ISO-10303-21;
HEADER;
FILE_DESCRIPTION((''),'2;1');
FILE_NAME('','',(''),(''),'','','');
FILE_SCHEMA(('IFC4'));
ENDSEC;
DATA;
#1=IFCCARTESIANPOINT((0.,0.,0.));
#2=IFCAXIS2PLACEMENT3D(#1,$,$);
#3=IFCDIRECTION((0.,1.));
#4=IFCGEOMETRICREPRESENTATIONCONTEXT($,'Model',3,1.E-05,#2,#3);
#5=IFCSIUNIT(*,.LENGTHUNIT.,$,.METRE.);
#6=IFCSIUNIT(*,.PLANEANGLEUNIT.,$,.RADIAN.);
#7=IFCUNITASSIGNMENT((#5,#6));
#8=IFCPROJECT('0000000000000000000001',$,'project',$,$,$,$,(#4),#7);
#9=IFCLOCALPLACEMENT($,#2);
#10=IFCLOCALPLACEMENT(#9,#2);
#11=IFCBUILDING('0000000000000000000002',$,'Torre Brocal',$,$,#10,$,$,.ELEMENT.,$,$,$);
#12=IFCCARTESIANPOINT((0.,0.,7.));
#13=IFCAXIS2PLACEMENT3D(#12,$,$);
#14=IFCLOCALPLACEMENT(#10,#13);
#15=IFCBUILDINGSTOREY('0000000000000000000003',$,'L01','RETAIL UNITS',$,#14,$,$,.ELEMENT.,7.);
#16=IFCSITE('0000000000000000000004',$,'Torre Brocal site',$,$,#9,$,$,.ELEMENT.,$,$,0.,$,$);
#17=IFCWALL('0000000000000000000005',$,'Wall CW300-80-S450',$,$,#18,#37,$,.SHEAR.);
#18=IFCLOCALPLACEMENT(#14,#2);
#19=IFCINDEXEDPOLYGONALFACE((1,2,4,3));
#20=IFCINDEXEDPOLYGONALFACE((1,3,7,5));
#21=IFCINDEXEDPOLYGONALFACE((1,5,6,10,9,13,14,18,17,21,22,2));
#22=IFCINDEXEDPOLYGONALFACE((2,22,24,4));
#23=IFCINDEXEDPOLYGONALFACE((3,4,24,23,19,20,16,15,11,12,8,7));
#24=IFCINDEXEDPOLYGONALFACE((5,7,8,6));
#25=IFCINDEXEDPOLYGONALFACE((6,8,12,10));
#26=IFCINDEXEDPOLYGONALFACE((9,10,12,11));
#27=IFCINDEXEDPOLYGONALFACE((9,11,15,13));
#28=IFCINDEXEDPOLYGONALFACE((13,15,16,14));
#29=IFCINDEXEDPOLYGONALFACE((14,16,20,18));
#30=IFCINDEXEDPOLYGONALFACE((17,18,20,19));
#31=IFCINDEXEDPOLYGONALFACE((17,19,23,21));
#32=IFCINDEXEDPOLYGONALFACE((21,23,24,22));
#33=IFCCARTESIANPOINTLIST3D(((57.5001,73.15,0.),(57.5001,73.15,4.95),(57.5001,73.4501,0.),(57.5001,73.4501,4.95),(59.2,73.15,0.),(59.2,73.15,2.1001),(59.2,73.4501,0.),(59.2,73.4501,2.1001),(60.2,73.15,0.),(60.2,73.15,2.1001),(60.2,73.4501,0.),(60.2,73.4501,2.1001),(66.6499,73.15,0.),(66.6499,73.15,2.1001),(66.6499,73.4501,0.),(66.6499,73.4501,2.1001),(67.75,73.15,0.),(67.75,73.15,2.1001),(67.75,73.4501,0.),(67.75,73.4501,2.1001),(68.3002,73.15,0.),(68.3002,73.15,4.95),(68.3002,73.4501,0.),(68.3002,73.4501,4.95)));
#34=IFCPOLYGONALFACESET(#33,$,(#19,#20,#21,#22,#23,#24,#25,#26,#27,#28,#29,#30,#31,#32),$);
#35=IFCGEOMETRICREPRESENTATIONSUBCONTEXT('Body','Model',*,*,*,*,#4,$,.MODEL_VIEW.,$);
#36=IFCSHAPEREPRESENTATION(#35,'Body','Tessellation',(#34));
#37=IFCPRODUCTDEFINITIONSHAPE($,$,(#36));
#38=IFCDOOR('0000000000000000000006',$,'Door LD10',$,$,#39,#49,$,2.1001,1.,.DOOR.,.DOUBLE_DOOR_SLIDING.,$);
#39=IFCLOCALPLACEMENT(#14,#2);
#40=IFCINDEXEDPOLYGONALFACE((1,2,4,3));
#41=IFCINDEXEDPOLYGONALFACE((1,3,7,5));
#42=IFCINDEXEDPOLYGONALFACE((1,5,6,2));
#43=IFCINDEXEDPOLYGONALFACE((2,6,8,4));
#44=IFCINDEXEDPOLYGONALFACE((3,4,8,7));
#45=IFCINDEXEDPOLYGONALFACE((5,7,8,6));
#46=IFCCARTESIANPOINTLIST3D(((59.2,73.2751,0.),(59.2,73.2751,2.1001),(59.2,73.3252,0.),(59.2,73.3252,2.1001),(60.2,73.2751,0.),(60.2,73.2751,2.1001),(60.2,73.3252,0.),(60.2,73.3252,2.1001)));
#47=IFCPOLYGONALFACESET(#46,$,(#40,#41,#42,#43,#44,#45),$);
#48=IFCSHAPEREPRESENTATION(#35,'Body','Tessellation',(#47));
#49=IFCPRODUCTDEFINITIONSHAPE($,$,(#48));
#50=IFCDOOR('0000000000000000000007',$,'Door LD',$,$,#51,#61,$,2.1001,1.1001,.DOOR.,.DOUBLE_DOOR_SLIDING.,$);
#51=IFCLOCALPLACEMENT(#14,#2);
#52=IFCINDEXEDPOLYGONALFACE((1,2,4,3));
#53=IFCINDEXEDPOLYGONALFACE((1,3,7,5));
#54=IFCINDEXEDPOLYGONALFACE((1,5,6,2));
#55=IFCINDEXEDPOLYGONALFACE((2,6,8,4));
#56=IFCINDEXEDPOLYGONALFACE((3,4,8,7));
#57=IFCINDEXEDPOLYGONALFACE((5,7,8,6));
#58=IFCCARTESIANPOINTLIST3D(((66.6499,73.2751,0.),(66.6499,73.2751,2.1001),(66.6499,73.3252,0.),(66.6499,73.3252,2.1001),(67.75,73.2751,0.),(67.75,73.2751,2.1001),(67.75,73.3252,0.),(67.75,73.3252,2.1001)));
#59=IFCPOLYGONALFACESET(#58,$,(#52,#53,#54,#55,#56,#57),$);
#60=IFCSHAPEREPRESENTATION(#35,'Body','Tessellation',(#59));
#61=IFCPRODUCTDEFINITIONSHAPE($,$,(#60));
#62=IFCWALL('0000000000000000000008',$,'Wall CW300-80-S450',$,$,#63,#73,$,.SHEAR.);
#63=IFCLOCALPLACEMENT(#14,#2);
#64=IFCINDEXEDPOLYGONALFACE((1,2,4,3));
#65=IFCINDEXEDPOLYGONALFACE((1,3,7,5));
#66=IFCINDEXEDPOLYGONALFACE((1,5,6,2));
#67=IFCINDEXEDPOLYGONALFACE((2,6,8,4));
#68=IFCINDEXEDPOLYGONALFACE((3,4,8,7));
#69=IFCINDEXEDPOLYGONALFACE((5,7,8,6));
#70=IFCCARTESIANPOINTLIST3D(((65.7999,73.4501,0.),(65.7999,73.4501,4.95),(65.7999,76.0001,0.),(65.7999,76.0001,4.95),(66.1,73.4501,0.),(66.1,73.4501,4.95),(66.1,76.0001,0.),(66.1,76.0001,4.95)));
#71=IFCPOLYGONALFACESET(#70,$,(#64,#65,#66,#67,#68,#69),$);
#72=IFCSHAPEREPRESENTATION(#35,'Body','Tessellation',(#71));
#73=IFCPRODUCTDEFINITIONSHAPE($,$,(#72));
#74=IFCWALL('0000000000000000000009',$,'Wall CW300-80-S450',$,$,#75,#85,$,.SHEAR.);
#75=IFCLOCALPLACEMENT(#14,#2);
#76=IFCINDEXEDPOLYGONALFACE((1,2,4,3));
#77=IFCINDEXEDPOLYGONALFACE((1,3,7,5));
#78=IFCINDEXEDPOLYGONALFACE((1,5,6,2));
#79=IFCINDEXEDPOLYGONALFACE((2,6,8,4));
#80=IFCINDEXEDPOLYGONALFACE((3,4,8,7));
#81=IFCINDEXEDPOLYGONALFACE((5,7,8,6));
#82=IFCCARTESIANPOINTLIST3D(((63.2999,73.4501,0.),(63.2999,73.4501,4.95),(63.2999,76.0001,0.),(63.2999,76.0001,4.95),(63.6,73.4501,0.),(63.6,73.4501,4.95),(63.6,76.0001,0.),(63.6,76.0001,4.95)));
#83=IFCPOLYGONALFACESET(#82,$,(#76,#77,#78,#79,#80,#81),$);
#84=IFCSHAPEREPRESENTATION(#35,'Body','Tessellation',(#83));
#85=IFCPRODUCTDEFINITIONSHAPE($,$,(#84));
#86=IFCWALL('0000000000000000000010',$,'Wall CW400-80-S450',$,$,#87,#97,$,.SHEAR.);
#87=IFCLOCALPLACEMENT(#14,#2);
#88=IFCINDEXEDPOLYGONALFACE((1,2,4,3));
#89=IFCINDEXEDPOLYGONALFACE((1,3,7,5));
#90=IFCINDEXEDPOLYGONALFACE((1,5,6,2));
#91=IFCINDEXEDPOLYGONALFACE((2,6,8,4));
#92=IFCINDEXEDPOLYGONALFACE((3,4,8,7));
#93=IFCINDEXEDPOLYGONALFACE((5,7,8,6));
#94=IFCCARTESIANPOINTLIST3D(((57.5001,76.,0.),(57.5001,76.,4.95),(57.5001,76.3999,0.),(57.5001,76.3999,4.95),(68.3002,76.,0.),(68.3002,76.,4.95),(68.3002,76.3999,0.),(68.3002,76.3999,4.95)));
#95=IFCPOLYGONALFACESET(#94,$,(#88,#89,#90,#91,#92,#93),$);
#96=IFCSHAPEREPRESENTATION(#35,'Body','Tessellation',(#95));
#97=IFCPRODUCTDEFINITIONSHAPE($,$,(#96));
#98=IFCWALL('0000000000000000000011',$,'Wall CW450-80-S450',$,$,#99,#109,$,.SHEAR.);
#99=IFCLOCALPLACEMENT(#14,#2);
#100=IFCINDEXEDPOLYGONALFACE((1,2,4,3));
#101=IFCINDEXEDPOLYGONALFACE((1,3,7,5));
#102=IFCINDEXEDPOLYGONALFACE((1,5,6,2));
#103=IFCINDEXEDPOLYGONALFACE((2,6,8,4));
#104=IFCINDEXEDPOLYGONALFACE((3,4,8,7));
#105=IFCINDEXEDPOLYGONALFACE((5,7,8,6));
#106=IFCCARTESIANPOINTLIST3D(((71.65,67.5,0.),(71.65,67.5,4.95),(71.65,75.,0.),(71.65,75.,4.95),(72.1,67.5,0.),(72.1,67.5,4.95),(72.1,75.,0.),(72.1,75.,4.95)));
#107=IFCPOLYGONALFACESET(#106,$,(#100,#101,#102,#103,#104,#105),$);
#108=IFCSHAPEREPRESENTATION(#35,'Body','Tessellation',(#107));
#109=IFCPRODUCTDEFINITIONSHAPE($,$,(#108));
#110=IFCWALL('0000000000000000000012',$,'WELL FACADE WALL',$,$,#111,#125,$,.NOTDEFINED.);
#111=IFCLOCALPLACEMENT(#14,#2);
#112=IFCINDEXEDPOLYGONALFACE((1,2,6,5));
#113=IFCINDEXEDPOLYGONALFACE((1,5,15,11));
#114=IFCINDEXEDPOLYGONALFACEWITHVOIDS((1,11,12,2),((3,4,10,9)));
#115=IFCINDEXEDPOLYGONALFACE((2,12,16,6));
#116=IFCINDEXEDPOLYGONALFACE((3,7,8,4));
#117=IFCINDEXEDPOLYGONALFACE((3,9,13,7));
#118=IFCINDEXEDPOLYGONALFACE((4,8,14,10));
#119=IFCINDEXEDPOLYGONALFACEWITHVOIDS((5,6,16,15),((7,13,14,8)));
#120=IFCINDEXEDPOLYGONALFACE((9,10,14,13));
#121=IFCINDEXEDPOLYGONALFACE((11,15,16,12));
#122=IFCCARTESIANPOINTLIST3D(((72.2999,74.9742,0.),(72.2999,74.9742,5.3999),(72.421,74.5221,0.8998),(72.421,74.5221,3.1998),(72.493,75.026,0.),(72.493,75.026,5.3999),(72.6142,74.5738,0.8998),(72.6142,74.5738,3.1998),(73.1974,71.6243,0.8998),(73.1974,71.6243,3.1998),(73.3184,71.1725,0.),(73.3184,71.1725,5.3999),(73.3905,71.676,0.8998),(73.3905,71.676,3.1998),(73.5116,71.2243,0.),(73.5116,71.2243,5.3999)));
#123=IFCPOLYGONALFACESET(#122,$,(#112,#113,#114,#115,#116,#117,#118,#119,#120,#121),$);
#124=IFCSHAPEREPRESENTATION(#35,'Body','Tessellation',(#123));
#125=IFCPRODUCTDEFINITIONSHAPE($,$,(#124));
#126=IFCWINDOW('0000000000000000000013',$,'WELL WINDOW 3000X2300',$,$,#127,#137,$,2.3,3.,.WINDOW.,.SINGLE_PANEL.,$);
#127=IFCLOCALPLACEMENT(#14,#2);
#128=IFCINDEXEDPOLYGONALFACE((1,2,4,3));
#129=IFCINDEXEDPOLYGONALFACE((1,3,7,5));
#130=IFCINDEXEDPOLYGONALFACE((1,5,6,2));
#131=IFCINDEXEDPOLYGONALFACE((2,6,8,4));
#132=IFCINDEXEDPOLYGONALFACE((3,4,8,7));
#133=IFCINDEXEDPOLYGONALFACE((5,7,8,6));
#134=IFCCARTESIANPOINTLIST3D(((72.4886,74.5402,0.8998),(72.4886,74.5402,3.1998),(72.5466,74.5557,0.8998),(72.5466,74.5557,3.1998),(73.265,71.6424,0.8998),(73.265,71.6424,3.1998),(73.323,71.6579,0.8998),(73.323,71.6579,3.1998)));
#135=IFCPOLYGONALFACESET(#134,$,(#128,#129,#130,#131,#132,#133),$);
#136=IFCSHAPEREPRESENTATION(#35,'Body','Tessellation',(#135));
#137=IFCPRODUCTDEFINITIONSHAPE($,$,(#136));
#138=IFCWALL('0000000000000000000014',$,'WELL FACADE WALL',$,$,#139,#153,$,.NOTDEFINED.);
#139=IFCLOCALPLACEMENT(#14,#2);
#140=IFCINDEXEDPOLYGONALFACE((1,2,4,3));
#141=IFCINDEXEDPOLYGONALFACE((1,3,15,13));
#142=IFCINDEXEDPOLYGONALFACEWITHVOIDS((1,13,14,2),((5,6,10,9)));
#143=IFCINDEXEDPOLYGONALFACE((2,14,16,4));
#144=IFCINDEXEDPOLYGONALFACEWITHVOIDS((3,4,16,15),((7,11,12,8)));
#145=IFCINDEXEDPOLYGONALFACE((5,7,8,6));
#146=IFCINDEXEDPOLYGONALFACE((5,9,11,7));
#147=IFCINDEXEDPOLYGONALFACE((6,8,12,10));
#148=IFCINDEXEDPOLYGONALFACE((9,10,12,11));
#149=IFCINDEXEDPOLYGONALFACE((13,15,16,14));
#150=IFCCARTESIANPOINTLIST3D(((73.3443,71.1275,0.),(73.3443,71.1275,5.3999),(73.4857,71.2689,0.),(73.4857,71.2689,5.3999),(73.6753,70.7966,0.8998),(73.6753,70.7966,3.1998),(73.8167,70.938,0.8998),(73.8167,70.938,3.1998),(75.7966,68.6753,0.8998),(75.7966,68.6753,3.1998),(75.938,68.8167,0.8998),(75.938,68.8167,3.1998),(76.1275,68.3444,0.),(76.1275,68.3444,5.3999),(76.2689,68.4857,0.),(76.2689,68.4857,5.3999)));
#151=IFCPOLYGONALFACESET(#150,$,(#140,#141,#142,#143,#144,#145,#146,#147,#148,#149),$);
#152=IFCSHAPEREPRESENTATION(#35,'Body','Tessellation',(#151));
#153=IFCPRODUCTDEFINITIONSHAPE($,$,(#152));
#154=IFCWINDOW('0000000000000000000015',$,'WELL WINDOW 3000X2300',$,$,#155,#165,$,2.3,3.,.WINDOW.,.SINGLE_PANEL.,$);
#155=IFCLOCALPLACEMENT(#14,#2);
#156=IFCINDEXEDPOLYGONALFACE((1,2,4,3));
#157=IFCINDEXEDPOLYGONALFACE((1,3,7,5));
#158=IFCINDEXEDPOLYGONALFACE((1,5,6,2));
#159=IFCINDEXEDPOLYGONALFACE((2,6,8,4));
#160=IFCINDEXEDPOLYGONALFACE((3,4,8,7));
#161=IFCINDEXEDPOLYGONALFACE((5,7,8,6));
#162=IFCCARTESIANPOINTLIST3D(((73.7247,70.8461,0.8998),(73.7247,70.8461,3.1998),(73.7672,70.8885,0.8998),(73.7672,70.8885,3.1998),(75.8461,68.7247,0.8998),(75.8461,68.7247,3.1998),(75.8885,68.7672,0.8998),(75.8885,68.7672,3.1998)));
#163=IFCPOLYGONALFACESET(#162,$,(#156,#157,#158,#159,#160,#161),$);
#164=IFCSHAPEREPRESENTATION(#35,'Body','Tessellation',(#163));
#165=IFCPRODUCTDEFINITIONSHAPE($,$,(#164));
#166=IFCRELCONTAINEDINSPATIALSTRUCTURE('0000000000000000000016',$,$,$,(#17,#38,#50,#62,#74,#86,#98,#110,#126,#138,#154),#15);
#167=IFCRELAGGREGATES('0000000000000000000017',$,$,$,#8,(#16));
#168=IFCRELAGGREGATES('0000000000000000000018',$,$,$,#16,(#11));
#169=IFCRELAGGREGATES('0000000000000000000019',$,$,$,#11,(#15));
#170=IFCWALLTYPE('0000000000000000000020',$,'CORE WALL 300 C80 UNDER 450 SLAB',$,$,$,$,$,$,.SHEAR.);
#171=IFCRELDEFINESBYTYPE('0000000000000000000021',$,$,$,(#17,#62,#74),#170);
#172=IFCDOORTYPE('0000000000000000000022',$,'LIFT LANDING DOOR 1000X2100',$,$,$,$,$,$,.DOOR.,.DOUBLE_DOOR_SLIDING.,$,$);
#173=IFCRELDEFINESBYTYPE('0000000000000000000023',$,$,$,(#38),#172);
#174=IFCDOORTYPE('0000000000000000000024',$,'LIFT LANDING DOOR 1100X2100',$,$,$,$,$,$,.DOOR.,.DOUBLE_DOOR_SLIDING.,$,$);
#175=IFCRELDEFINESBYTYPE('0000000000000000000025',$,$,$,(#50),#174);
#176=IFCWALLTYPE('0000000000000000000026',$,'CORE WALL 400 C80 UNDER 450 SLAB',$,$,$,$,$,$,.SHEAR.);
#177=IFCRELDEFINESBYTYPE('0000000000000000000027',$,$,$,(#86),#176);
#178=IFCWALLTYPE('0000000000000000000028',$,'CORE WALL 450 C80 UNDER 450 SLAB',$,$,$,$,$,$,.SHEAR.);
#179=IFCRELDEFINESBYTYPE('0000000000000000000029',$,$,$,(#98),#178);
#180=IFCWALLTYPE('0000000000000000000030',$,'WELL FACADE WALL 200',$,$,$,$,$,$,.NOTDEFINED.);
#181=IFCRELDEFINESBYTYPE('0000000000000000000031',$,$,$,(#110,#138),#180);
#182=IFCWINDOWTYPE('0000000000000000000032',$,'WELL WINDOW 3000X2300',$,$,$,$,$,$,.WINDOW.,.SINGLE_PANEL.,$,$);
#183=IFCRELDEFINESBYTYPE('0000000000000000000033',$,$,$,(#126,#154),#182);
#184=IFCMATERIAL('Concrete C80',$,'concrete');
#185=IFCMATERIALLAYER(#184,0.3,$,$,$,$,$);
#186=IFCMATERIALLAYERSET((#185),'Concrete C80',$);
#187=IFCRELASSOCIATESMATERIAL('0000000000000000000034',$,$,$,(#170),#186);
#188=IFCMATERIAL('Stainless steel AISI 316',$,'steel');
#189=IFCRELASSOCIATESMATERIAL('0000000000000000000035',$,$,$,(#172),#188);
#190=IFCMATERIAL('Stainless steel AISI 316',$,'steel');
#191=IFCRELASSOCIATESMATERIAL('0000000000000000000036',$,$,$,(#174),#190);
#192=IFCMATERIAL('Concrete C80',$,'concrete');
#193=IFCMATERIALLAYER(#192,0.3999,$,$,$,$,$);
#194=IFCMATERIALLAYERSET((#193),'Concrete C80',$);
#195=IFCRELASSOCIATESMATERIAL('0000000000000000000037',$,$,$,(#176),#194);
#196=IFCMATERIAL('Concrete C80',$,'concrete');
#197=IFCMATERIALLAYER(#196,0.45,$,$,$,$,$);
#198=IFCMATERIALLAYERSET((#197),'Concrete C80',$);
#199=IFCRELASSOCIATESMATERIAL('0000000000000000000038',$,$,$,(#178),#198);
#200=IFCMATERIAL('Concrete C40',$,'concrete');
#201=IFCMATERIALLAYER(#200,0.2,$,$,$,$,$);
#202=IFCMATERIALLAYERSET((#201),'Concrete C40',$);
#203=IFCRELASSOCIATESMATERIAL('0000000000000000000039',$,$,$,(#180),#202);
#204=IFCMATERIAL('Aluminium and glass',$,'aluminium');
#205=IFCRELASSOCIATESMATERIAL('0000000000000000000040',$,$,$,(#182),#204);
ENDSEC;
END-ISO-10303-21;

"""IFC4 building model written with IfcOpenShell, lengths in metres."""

from ifc_helpers import new_model, si_unit, direction, frame, frame_2d, origin, place, context, subcontext, project, spatial, rectangle, extrude, material, layer, layer_set, type_object, element, fill, save


model = new_model("IFC4")

# Units and contexts
model_context = context("Model", 3, precision=1e-05, world=origin(), true_north=direction((0.0, 1.0)))
body_context = subcontext(model_context, "Body", "Model", "MODEL_VIEW")
ifc_project = project(units=[si_unit("LENGTHUNIT", "METRE"), si_unit("PLANEANGLEUNIT", "RADIAN")], contexts=[model_context])

# Site, building, storey
site_placement = place(None, origin())
site = spatial("IfcSite", under=ifc_project, at=site_placement, Name="Torre Brocal site", CompositionType="ELEMENT", RefElevation=0.0)
building_placement = place(site_placement, origin())
building = spatial("IfcBuilding", under=site, at=building_placement, Name="Torre Brocal", CompositionType="ELEMENT")
storey_placement = place(building_placement, frame((0.0, 0.0, 7.0)))
storey = spatial("IfcBuildingStorey", under=building, at=storey_placement, Name="L01", Description="RETAIL UNITS", CompositionType="ELEMENT", Elevation=7.0)

# Shared definitions
ifc_material_1 = material(Name="Concrete C80", Category="concrete")
ifc_layer_1 = layer(ifc_material_1, 0.3)
ifc_layer_set_1 = layer_set([ifc_layer_1], Name="Concrete C80")
wall_type_1 = type_object("IfcWallType", Name="CORE WALL 300 C80 UNDER 450 SLAB", PredefinedType="SHEAR", material=ifc_layer_set_1)

# Wall, openings, doors
wall_1_placement = place(storey_placement, frame((68.3, 73.3, 0.0), z_axis=(0.0, 0.0, 1.0), x_axis=(-1.0, 0.0, 0.0)))
wall_1 = element("IfcWall", 1, at=wall_1_placement, inside=storey, type_object=wall_type_1, Name="Wall CW300-80-S450", PredefinedType="SHEAR", context=body_context, shape_type="SweptSolid", body=[
    extrude(rectangle(XDim=10.8, YDim=0.3, at=frame_2d((5.3999, 0.0))), origin(), (0.0, 0.0, 1.0), 4.95),
])
opening_1_placement = place(wall_1_placement, frame((0.55, 0.0, 0.0)))
opening_1 = element("IfcOpeningElement", 2, at=opening_1_placement, cuts=wall_1, PredefinedType="OPENING", context=body_context, shape_type="SweptSolid", body=[
    extrude(rectangle(XDim=1.1001, YDim=2.1001, at=frame_2d((0.55, 1.05))), frame((0.0, 0.1599, 0.0), z_axis=(0.0, -1.0, 0.0), x_axis=(1.0, 0.0, 0.0)), (0.0, 0.0, 1.0), 0.3201),
])
opening_2_placement = place(wall_1_placement, frame((8.1001, 0.0, 0.0)))
opening_2 = element("IfcOpeningElement", 3, at=opening_2_placement, cuts=wall_1, PredefinedType="OPENING", context=body_context, shape_type="SweptSolid", body=[
    extrude(rectangle(XDim=1.0, YDim=2.1001, at=frame_2d((0.5, 1.05))), frame((0.0, 0.1599, 0.0), z_axis=(0.0, -1.0, 0.0), x_axis=(1.0, 0.0, 0.0)), (0.0, 0.0, 1.0), 0.3201),
])
ifc_material_2 = material(Name="Stainless steel AISI 316", Category="steel")
door_type_1 = type_object("IfcDoorType", Name="LIFT LANDING DOOR 1000X2100", OperationType="DOUBLE_DOOR_SLIDING", PredefinedType="DOOR", material=ifc_material_2)
door_1_placement = place(opening_2_placement, origin())
door_1 = element("IfcDoor", 4, at=door_1_placement, inside=storey, type_object=door_type_1, Name="Door LD10", OperationType="DOUBLE_DOOR_SLIDING", OverallHeight=2.1001, OverallWidth=1.0, PredefinedType="DOOR", context=body_context, shape_type="SweptSolid", body=[
    extrude(rectangle(XDim=1.0, YDim=2.1001, at=frame_2d((0.5, 1.05))), frame((0.0, 0.0249, 0.0), z_axis=(0.0, -1.0, 0.0), x_axis=(1.0, 0.0, 0.0)), (0.0, 0.0, 1.0), 0.05),
])
fill(opening_2, door_1)
ifc_material_3 = material(Name="Stainless steel AISI 316", Category="steel")
door_type_2 = type_object("IfcDoorType", Name="LIFT LANDING DOOR 1100X2100", OperationType="DOUBLE_DOOR_SLIDING", PredefinedType="DOOR", material=ifc_material_3)
door_2_placement = place(opening_1_placement, origin())
door_2 = element("IfcDoor", 5, at=door_2_placement, inside=storey, type_object=door_type_2, Name="Door LD", OperationType="DOUBLE_DOOR_SLIDING", OverallHeight=2.1001, OverallWidth=1.1001, PredefinedType="DOOR", context=body_context, shape_type="SweptSolid", body=[
    extrude(rectangle(XDim=1.1001, YDim=2.1001, at=frame_2d((0.55, 1.05))), frame((0.0, 0.0249, 0.0), z_axis=(0.0, -1.0, 0.0), x_axis=(1.0, 0.0, 0.0)), (0.0, 0.0, 1.0), 0.05),
])
fill(opening_1, door_2)

# Walls
for number, where, z_axis, x_axis, name in (
    (6, (65.95, 76.0, 0.0), (0.0, 0.0, 1.0), (0.0, -1.0, 0.0), "Wall CW300-80-S450"),
    (7, (63.45, 76.0, 0.0), (0.0, 0.0, 1.0), (0.0, -1.0, 0.0), "Wall CW300-80-S450"),
):
    element("IfcWall", number, at=place(storey_placement, frame(where, z_axis=z_axis, x_axis=x_axis)), inside=storey, type_object=wall_type_1, Name=name, PredefinedType="SHEAR", context=body_context, shape_type="SweptSolid", body=[
        extrude(rectangle(XDim=2.55, YDim=0.3, at=frame_2d((1.2749, 0.0))), origin(), (0.0, 0.0, 1.0), 4.95),
    ])
ifc_material_4 = material(Name="Concrete C80", Category="concrete")
ifc_layer_2 = layer(ifc_material_4, 0.3999)
ifc_layer_set_2 = layer_set([ifc_layer_2], Name="Concrete C80")
wall_type_2 = type_object("IfcWallType", Name="CORE WALL 400 C80 UNDER 450 SLAB", PredefinedType="SHEAR", material=ifc_layer_set_2)
wall_2_placement = place(storey_placement, frame((68.3, 76.2, 0.0), z_axis=(0.0, 0.0, 1.0), x_axis=(-1.0, 0.0, 0.0)))
element("IfcWall", 8, at=wall_2_placement, inside=storey, type_object=wall_type_2, Name="Wall CW400-80-S450", PredefinedType="SHEAR", context=body_context, shape_type="SweptSolid", body=[
    extrude(rectangle(XDim=10.8, YDim=0.3999, at=frame_2d((5.3999, 0.0))), origin(), (0.0, 0.0, 1.0), 4.95),
])
ifc_material_5 = material(Name="Concrete C80", Category="concrete")
ifc_layer_3 = layer(ifc_material_5, 0.45)
ifc_layer_set_3 = layer_set([ifc_layer_3], Name="Concrete C80")
wall_type_3 = type_object("IfcWallType", Name="CORE WALL 450 C80 UNDER 450 SLAB", PredefinedType="SHEAR", material=ifc_layer_set_3)
wall_3_placement = place(storey_placement, frame((71.875, 75.0, 0.0), z_axis=(0.0, 0.0, 1.0), x_axis=(0.0, -1.0, 0.0)))
element("IfcWall", 9, at=wall_3_placement, inside=storey, type_object=wall_type_3, Name="Wall CW450-80-S450", PredefinedType="SHEAR", context=body_context, shape_type="SweptSolid", body=[
    extrude(rectangle(XDim=7.5, YDim=0.45, at=frame_2d((3.75, 0.0))), origin(), (0.0, 0.0, 1.0), 4.95),
])

# Walls, openings, windows
ifc_material_6 = material(Name="Concrete C40", Category="concrete")
ifc_layer_4 = layer(ifc_material_6, 0.2)
ifc_layer_set_4 = layer_set([ifc_layer_4], Name="Concrete C40")
wall_type_4 = type_object("IfcWallType", Name="WELL FACADE WALL 200", PredefinedType="NOTDEFINED", material=ifc_layer_set_4)
wall_4_placement = place(storey_placement, frame((72.3965, 75.0, 0.0), z_axis=(0.0, 0.0, 1.0), x_axis=(0.25879, -0.965934, 0.0)))
wall_4 = element("IfcWall", 10, at=wall_4_placement, inside=storey, type_object=wall_type_4, Name="WELL FACADE WALL", PredefinedType="NOTDEFINED", context=body_context, shape_type="SweptSolid", body=[
    extrude(rectangle(XDim=3.9358, YDim=0.2, at=frame_2d((1.9678, 0.0))), origin(), (0.0, 0.0, 1.0), 5.3999),
])
opening_3_placement = place(wall_4_placement, frame((0.468, 0.0, 0.8999)))
opening_3 = element("IfcOpeningElement", 11, at=opening_3_placement, cuts=wall_4, PredefinedType="OPENING", context=body_context, shape_type="SweptSolid", body=[
    extrude(rectangle(XDim=3.0, YDim=2.3, at=frame_2d((1.5, 1.1499))), frame((0.0, 0.1099, 0.0), z_axis=(0.0, -1.0, 0.0), x_axis=(1.0, 0.0, 0.0)), (0.0, 0.0, 1.0), 0.22),
])
ifc_material_7 = material(Name="Aluminium and glass", Category="aluminium")
window_type = type_object("IfcWindowType", Name="WELL WINDOW 3000X2300", PartitioningType="SINGLE_PANEL", PredefinedType="WINDOW", material=ifc_material_7)
window_1_placement = place(opening_3_placement, origin())
window_1 = element("IfcWindow", 12, at=window_1_placement, inside=storey, type_object=window_type, Name="WELL WINDOW 3000X2300", OverallHeight=2.3, OverallWidth=3.0, PartitioningType="SINGLE_PANEL", PredefinedType="WINDOW", context=body_context, shape_type="SweptSolid", body=[
    extrude(rectangle(XDim=3.0, YDim=2.3, at=frame_2d((1.5, 1.1499))), frame((0.0, 0.03, 0.0), z_axis=(0.0, -1.0, 0.0), x_axis=(1.0, 0.0, 0.0)), (0.0, 0.0, 1.0), 0.0601),
])
fill(opening_3, window_1)
wall_5_placement = place(storey_placement, frame((73.415, 71.1982, 0.0), z_axis=(0.0, 0.0, 1.0), x_axis=(0.707107, -0.707107, 0.0)))
wall_5 = element("IfcWall", 13, at=wall_5_placement, inside=storey, type_object=wall_type_4, Name="WELL FACADE WALL", PredefinedType="NOTDEFINED", context=body_context, shape_type="SweptSolid", body=[
    extrude(rectangle(XDim=3.936, YDim=0.2, at=frame_2d((1.968, 0.0))), origin(), (0.0, 0.0, 1.0), 5.3999),
])
opening_4_placement = place(wall_5_placement, frame((0.468, 0.0, 0.8999)))
opening_4 = element("IfcOpeningElement", 14, at=opening_4_placement, cuts=wall_5, PredefinedType="OPENING", context=body_context, shape_type="SweptSolid", body=[
    extrude(rectangle(XDim=3.0, YDim=2.3, at=frame_2d((1.5, 1.1499))), frame((0.0, 0.1099, 0.0), z_axis=(0.0, -1.0, 0.0), x_axis=(1.0, 0.0, 0.0)), (0.0, 0.0, 1.0), 0.22),
])
window_2_placement = place(opening_4_placement, origin())
window_2 = element("IfcWindow", 15, at=window_2_placement, inside=storey, type_object=window_type, Name="WELL WINDOW 3000X2300", OverallHeight=2.3, OverallWidth=3.0, PartitioningType="SINGLE_PANEL", PredefinedType="WINDOW", context=body_context, shape_type="SweptSolid", body=[
    extrude(rectangle(XDim=3.0, YDim=2.3, at=frame_2d((1.5, 1.1499))), frame((0.0, 0.03, 0.0), z_axis=(0.0, -1.0, 0.0), x_axis=(1.0, 0.0, 0.0)), (0.0, 0.0, 1.0), 0.0601),
])
fill(opening_4, window_2)

save(model, "model.ifc")
